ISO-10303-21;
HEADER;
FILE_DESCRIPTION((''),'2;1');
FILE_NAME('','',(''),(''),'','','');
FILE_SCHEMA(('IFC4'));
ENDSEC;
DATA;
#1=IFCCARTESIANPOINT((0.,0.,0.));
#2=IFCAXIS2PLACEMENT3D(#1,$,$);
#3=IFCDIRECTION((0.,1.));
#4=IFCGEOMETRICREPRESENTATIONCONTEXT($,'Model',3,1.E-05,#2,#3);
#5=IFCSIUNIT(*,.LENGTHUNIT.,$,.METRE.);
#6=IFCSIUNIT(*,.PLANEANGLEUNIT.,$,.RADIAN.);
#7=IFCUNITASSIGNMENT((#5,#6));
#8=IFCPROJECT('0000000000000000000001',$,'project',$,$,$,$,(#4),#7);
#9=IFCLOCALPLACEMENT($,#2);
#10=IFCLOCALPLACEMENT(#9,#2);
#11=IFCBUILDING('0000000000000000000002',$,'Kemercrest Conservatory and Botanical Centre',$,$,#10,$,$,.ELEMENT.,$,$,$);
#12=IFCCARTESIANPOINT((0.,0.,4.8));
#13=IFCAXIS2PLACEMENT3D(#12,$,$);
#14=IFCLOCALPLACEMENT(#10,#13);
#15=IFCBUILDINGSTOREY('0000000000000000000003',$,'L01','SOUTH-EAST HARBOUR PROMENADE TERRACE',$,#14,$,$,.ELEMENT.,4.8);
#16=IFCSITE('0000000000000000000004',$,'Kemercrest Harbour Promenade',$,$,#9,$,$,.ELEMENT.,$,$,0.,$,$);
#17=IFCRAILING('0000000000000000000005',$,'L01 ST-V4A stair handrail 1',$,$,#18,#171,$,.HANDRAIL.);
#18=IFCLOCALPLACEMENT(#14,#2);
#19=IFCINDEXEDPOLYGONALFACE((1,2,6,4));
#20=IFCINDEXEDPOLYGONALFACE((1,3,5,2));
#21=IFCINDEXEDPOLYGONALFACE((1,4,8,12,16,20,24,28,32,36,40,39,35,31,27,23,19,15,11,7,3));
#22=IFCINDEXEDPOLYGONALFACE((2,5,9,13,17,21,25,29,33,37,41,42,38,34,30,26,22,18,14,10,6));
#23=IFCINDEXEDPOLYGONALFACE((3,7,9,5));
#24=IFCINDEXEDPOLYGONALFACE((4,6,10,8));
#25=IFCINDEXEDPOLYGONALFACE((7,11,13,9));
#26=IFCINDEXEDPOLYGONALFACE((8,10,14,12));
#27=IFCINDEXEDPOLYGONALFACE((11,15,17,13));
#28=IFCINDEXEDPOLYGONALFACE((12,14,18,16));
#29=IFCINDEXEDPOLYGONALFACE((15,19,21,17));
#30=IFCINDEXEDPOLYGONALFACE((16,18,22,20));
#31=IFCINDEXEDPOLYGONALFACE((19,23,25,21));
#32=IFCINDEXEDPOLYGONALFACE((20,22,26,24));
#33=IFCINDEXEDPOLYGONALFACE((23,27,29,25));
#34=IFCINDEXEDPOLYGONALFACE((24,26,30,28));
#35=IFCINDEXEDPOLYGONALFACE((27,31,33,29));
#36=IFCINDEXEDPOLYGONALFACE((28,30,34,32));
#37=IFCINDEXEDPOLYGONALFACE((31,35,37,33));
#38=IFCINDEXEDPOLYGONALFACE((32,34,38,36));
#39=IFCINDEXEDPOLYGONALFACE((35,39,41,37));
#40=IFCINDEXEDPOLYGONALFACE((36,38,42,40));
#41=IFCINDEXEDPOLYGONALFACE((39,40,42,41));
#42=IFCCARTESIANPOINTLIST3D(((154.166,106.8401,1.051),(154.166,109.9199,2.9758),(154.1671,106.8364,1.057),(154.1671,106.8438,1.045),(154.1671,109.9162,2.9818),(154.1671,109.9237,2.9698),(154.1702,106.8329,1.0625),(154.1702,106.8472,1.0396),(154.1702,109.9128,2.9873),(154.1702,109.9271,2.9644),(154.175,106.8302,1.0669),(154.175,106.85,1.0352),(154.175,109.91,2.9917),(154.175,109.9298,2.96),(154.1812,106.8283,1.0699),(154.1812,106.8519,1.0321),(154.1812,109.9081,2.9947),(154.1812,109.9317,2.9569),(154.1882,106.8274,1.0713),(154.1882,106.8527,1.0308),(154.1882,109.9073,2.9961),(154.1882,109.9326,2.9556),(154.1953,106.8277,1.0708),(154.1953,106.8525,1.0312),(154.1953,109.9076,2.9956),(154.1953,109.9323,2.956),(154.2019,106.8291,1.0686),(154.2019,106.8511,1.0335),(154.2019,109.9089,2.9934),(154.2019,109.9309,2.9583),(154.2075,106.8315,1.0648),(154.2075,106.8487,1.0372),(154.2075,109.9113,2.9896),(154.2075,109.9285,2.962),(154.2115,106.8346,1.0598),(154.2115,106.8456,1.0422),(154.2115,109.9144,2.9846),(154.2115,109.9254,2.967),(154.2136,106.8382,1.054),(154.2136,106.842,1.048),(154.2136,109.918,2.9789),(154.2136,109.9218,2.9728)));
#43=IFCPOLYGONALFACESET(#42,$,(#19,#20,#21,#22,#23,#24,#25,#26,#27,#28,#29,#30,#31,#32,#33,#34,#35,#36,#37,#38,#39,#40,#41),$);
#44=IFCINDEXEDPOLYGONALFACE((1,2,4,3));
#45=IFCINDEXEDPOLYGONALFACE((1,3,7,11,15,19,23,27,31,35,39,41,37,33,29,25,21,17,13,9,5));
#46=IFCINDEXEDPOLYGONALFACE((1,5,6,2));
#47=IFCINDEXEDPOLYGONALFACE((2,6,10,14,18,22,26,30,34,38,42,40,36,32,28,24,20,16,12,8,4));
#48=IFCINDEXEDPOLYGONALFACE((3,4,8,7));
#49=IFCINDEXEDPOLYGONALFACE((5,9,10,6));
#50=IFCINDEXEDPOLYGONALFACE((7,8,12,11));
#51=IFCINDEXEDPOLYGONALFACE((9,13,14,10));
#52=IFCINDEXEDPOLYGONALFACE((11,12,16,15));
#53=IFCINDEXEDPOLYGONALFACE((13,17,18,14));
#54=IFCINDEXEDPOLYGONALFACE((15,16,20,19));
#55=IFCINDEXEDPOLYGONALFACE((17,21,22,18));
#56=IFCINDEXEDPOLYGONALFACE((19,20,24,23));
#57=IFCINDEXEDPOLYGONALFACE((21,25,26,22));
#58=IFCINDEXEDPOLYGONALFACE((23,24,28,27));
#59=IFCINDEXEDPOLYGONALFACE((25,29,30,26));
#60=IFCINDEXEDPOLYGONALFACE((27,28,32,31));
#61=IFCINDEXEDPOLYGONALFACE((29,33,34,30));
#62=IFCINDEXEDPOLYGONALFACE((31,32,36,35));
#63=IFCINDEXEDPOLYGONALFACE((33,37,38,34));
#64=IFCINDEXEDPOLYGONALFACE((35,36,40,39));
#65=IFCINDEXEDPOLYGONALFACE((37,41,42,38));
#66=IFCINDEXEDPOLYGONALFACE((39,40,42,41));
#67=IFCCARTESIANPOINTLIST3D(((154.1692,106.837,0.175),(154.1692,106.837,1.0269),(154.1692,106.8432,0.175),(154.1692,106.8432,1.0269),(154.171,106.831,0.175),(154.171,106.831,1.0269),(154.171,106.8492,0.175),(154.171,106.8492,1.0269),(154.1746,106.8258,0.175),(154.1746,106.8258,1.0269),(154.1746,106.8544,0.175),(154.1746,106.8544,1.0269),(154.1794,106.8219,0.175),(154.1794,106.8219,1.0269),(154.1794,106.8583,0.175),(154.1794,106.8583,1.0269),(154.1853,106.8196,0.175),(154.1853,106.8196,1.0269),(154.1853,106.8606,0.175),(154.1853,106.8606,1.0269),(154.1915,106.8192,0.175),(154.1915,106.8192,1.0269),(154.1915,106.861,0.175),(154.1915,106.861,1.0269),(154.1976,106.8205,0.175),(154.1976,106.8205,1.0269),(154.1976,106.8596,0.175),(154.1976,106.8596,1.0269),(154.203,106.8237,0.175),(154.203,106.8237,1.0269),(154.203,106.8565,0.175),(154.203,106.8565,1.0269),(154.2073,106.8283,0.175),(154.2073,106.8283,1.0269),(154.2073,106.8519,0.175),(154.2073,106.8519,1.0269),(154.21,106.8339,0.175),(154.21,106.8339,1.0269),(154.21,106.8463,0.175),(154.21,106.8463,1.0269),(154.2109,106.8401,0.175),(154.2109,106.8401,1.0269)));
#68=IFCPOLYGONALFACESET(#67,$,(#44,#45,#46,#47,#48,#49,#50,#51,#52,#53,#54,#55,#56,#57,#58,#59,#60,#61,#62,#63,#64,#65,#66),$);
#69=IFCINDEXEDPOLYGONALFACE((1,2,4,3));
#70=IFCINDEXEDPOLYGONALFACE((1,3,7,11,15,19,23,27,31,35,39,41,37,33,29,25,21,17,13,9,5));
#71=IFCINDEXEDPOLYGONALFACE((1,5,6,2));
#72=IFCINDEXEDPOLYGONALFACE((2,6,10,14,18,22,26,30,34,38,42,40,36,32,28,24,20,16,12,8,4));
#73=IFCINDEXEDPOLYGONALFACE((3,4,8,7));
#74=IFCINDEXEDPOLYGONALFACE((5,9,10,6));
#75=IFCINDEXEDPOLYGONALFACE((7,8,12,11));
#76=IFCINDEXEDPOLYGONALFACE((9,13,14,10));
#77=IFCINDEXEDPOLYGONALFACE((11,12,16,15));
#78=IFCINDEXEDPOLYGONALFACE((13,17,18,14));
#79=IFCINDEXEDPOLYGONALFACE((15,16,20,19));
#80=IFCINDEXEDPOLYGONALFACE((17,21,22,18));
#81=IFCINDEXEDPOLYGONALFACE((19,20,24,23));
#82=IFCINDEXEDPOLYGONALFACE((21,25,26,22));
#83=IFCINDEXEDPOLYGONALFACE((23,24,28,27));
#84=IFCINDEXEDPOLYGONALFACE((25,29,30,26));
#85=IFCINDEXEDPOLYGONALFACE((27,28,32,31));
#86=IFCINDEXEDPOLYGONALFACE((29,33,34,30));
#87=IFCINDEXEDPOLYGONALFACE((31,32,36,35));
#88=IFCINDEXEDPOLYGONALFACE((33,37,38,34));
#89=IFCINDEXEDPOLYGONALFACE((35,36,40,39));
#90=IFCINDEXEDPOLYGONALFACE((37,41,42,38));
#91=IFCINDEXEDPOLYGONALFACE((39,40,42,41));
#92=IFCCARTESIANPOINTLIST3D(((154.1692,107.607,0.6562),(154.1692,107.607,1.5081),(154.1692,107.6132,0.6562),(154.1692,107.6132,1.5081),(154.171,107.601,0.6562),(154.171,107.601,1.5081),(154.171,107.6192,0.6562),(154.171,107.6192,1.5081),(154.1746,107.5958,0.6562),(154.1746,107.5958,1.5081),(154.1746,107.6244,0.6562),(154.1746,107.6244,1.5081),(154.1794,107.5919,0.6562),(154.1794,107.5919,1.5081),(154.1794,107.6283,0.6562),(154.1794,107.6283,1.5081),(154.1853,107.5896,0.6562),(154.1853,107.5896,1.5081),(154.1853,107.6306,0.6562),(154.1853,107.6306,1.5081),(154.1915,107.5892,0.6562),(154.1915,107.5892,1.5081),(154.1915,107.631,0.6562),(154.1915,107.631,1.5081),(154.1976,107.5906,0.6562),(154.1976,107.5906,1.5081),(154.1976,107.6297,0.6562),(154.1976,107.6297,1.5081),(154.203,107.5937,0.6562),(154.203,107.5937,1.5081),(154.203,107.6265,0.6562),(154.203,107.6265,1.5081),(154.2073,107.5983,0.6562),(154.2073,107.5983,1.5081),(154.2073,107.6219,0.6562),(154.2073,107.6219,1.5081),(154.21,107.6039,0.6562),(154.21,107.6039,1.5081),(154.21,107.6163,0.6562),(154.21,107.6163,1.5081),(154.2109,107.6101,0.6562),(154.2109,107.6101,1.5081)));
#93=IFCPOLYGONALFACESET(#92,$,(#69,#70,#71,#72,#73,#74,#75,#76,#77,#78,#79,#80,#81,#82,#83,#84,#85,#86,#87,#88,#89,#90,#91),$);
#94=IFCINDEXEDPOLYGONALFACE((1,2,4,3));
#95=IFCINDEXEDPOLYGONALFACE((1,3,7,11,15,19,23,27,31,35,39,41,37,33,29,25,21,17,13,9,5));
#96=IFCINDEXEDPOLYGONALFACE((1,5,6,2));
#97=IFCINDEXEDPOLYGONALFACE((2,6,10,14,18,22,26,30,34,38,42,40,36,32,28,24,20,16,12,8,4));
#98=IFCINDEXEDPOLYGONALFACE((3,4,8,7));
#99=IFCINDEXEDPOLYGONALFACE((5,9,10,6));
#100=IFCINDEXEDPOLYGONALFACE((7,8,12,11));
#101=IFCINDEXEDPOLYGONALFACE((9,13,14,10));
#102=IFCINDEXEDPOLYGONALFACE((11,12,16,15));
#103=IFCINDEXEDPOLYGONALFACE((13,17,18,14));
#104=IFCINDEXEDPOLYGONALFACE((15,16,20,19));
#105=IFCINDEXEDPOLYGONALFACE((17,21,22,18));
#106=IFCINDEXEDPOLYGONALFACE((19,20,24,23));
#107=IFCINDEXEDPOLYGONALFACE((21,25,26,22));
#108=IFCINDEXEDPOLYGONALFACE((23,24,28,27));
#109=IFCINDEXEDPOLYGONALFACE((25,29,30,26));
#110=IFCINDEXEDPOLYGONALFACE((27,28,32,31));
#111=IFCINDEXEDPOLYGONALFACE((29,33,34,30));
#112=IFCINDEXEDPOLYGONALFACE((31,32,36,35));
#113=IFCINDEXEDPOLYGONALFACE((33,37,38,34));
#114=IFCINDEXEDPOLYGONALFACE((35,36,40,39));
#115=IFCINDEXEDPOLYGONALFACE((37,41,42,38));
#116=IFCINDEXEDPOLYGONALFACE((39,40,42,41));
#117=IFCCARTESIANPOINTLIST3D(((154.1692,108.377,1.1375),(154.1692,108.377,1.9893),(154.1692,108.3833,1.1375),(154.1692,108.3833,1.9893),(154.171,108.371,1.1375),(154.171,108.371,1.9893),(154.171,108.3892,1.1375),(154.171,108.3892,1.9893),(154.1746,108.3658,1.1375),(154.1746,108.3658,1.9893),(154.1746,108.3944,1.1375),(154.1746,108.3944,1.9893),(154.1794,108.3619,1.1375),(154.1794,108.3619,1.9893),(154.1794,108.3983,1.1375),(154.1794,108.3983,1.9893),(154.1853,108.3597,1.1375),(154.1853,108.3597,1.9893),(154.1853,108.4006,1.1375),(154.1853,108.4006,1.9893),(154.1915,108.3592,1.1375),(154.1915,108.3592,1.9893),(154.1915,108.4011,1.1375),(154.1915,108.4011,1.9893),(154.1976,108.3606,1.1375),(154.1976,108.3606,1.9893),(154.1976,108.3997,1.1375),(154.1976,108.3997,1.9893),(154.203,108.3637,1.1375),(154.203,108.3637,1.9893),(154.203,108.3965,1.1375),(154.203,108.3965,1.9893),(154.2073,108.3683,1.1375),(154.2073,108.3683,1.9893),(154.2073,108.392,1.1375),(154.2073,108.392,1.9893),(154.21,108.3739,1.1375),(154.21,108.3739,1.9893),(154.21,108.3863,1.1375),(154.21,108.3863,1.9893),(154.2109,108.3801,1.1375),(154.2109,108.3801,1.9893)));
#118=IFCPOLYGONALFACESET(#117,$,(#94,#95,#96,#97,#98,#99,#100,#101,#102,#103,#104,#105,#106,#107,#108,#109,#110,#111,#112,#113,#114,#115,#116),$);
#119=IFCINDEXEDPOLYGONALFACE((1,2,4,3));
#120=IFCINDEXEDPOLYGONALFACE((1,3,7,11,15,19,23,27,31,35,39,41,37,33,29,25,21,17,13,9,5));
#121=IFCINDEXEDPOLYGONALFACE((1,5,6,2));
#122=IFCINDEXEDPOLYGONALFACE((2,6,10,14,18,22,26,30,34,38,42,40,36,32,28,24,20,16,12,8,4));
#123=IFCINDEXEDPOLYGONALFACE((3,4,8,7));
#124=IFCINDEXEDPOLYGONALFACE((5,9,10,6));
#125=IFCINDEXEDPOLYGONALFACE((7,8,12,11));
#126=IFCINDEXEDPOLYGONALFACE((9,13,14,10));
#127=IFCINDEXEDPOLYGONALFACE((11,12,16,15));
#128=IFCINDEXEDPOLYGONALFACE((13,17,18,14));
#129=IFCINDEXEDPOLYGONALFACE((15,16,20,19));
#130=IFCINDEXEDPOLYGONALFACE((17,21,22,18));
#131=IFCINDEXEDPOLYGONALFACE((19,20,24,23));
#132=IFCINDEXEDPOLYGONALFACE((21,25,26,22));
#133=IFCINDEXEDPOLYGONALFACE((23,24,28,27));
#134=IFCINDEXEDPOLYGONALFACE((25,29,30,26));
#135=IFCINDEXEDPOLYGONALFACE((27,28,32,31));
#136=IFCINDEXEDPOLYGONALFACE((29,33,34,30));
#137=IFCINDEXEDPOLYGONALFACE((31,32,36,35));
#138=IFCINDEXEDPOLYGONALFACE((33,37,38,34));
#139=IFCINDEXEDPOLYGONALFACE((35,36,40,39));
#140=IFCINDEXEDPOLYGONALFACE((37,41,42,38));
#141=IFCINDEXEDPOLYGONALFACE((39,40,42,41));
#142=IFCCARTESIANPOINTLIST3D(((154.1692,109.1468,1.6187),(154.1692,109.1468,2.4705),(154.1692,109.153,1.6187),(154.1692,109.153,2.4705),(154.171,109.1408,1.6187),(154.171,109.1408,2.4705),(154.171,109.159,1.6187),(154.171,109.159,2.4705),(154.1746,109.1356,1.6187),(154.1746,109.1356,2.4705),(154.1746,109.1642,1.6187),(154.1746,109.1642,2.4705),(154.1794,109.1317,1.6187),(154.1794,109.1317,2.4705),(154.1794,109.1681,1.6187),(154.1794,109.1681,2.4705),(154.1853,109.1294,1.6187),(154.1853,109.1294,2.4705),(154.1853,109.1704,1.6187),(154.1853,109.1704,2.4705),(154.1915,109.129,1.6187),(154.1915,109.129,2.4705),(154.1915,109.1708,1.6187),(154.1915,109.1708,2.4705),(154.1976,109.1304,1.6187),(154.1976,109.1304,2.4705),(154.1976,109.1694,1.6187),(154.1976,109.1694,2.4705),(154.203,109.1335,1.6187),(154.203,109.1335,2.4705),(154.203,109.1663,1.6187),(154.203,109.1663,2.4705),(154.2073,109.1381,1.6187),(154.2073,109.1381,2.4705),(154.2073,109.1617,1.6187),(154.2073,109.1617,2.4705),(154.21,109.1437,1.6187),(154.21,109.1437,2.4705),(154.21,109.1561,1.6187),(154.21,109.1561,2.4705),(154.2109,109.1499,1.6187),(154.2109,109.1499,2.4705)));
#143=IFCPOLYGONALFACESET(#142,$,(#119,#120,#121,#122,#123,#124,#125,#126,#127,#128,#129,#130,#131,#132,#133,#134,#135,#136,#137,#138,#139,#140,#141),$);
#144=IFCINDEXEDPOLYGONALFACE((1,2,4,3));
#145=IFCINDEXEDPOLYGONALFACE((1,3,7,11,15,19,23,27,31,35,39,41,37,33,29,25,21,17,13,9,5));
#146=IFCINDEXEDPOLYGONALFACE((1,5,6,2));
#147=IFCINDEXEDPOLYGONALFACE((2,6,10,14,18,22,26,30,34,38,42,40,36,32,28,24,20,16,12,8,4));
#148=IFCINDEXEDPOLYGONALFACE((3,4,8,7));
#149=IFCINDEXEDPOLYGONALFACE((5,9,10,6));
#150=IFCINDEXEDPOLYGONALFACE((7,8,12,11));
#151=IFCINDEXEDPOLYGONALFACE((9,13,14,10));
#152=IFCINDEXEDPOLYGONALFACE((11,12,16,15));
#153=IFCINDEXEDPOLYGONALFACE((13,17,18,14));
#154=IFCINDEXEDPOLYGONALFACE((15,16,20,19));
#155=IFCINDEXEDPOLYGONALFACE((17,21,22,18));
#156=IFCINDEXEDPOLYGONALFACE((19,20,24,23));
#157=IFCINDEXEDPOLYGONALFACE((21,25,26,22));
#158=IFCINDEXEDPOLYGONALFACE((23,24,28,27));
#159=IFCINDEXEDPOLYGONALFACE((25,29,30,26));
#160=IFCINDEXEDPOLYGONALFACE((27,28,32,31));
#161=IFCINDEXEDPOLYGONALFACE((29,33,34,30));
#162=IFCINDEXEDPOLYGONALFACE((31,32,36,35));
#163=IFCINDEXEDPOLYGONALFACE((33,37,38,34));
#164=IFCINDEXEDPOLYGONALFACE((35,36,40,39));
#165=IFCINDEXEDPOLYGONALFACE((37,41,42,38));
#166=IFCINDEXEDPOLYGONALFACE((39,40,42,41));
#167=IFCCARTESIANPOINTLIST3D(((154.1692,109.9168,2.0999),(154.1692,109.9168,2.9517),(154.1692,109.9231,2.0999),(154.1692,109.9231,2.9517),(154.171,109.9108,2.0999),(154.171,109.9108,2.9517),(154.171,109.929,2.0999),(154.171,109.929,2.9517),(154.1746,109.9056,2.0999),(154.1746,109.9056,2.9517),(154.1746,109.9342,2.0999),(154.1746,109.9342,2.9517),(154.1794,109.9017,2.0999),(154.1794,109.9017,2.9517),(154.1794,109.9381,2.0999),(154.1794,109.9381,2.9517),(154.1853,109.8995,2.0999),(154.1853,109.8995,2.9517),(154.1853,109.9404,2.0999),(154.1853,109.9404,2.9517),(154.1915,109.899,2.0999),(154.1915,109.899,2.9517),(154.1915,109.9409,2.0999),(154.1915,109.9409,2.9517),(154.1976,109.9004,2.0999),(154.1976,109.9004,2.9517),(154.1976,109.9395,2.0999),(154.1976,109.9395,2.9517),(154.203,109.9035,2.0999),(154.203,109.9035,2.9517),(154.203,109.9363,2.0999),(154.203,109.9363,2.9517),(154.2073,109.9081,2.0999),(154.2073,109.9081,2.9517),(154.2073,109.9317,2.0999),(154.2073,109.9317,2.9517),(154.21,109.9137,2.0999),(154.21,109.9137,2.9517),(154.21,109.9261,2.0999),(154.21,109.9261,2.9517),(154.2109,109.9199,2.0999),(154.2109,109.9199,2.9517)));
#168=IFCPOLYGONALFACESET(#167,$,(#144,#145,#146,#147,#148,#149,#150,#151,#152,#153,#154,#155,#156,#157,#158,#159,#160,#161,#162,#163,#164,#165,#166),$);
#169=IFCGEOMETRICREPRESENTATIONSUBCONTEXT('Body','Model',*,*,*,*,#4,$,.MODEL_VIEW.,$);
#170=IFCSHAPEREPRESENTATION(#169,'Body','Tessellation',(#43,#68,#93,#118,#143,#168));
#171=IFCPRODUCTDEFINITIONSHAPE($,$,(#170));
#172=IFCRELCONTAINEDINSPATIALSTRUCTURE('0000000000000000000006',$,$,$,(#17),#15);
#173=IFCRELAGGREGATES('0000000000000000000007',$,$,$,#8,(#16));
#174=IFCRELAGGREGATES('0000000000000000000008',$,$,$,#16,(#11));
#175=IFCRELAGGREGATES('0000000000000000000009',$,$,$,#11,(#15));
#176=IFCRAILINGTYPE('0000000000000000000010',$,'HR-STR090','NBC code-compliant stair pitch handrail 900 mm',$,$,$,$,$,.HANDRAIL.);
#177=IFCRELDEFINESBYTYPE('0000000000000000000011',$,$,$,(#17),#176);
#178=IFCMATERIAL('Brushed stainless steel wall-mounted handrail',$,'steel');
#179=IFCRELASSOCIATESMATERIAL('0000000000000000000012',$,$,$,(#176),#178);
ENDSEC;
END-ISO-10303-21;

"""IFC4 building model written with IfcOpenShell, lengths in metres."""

from ifc_helpers import new_model, si_unit, direction, frame, origin, origin_2d, place, context, subcontext, project, spatial, circle, extrude, material, type_object, element, save


model = new_model("IFC4")

# Units and contexts
model_context = context("Model", 3, precision=1e-05, world=origin(), true_north=direction((0.0, 1.0)))
body_context = subcontext(model_context, "Body", "Model", "MODEL_VIEW")
ifc_project = project(units=[si_unit("LENGTHUNIT", "METRE"), si_unit("PLANEANGLEUNIT", "RADIAN")], contexts=[model_context])

# Site, building, storey
site_placement = place(None, origin())
site = spatial("IfcSite", under=ifc_project, at=site_placement, Name="Kemercrest Harbour Promenade", CompositionType="ELEMENT", RefElevation=0.0)
building_placement = place(site_placement, origin())
building = spatial("IfcBuilding", under=site, at=building_placement, Name="Kemercrest Conservatory and Botanical Centre", CompositionType="ELEMENT")
storey_placement = place(building_placement, frame((0.0, 0.0, 4.8)))
storey = spatial("IfcBuildingStorey", under=building, at=storey_placement, Name="L01", Description="SOUTH-EAST HARBOUR PROMENADE TERRACE", CompositionType="ELEMENT", Elevation=4.8)

# Railing
ifc_material_1 = material(Name="Brushed stainless steel wall-mounted handrail", Category="steel")
railing_type_1 = type_object("IfcRailingType", Name="HR-STR090", Description="NBC code-compliant stair pitch handrail 900 mm", PredefinedType="HANDRAIL", material=ifc_material_1)
railing_1_placement = place(storey_placement, frame((154.1899, 106.8401, 0.175)))
element("IfcRailing", 1, at=railing_1_placement, inside=storey, type_object=railing_type_1, Name="L01 ST-V4A stair handrail 1", PredefinedType="HANDRAIL", context=body_context, shape_type="SweptSolid", body=[
    extrude(circle(Radius=0.0239, at=origin_2d()), frame((0.0, 0.0, 0.876), z_axis=(0.0, 0.84801, 0.529981), x_axis=(-1.0, 0.0, 0.0)), (0.0, 0.0, 1.0), 3.6318),
    extrude(circle(Radius=0.021, at=origin_2d()), origin(), (0.0, 0.0, 1.0), 0.8518),
    extrude(circle(Radius=0.021, at=origin_2d()), frame((0.0, 0.77, 0.4812)), (0.0, 0.0, 1.0), 0.8518),
    extrude(circle(Radius=0.021, at=origin_2d()), frame((0.0, 1.54, 0.9624)), (0.0, 0.0, 1.0), 0.8518),
    extrude(circle(Radius=0.021, at=origin_2d()), frame((0.0, 2.3098, 1.4436)), (0.0, 0.0, 1.0), 0.8518),
    extrude(circle(Radius=0.021, at=origin_2d()), frame((0.0, 3.0798, 1.9248)), (0.0, 0.0, 1.0), 0.8518),
])

save(model, "model.ifc")
